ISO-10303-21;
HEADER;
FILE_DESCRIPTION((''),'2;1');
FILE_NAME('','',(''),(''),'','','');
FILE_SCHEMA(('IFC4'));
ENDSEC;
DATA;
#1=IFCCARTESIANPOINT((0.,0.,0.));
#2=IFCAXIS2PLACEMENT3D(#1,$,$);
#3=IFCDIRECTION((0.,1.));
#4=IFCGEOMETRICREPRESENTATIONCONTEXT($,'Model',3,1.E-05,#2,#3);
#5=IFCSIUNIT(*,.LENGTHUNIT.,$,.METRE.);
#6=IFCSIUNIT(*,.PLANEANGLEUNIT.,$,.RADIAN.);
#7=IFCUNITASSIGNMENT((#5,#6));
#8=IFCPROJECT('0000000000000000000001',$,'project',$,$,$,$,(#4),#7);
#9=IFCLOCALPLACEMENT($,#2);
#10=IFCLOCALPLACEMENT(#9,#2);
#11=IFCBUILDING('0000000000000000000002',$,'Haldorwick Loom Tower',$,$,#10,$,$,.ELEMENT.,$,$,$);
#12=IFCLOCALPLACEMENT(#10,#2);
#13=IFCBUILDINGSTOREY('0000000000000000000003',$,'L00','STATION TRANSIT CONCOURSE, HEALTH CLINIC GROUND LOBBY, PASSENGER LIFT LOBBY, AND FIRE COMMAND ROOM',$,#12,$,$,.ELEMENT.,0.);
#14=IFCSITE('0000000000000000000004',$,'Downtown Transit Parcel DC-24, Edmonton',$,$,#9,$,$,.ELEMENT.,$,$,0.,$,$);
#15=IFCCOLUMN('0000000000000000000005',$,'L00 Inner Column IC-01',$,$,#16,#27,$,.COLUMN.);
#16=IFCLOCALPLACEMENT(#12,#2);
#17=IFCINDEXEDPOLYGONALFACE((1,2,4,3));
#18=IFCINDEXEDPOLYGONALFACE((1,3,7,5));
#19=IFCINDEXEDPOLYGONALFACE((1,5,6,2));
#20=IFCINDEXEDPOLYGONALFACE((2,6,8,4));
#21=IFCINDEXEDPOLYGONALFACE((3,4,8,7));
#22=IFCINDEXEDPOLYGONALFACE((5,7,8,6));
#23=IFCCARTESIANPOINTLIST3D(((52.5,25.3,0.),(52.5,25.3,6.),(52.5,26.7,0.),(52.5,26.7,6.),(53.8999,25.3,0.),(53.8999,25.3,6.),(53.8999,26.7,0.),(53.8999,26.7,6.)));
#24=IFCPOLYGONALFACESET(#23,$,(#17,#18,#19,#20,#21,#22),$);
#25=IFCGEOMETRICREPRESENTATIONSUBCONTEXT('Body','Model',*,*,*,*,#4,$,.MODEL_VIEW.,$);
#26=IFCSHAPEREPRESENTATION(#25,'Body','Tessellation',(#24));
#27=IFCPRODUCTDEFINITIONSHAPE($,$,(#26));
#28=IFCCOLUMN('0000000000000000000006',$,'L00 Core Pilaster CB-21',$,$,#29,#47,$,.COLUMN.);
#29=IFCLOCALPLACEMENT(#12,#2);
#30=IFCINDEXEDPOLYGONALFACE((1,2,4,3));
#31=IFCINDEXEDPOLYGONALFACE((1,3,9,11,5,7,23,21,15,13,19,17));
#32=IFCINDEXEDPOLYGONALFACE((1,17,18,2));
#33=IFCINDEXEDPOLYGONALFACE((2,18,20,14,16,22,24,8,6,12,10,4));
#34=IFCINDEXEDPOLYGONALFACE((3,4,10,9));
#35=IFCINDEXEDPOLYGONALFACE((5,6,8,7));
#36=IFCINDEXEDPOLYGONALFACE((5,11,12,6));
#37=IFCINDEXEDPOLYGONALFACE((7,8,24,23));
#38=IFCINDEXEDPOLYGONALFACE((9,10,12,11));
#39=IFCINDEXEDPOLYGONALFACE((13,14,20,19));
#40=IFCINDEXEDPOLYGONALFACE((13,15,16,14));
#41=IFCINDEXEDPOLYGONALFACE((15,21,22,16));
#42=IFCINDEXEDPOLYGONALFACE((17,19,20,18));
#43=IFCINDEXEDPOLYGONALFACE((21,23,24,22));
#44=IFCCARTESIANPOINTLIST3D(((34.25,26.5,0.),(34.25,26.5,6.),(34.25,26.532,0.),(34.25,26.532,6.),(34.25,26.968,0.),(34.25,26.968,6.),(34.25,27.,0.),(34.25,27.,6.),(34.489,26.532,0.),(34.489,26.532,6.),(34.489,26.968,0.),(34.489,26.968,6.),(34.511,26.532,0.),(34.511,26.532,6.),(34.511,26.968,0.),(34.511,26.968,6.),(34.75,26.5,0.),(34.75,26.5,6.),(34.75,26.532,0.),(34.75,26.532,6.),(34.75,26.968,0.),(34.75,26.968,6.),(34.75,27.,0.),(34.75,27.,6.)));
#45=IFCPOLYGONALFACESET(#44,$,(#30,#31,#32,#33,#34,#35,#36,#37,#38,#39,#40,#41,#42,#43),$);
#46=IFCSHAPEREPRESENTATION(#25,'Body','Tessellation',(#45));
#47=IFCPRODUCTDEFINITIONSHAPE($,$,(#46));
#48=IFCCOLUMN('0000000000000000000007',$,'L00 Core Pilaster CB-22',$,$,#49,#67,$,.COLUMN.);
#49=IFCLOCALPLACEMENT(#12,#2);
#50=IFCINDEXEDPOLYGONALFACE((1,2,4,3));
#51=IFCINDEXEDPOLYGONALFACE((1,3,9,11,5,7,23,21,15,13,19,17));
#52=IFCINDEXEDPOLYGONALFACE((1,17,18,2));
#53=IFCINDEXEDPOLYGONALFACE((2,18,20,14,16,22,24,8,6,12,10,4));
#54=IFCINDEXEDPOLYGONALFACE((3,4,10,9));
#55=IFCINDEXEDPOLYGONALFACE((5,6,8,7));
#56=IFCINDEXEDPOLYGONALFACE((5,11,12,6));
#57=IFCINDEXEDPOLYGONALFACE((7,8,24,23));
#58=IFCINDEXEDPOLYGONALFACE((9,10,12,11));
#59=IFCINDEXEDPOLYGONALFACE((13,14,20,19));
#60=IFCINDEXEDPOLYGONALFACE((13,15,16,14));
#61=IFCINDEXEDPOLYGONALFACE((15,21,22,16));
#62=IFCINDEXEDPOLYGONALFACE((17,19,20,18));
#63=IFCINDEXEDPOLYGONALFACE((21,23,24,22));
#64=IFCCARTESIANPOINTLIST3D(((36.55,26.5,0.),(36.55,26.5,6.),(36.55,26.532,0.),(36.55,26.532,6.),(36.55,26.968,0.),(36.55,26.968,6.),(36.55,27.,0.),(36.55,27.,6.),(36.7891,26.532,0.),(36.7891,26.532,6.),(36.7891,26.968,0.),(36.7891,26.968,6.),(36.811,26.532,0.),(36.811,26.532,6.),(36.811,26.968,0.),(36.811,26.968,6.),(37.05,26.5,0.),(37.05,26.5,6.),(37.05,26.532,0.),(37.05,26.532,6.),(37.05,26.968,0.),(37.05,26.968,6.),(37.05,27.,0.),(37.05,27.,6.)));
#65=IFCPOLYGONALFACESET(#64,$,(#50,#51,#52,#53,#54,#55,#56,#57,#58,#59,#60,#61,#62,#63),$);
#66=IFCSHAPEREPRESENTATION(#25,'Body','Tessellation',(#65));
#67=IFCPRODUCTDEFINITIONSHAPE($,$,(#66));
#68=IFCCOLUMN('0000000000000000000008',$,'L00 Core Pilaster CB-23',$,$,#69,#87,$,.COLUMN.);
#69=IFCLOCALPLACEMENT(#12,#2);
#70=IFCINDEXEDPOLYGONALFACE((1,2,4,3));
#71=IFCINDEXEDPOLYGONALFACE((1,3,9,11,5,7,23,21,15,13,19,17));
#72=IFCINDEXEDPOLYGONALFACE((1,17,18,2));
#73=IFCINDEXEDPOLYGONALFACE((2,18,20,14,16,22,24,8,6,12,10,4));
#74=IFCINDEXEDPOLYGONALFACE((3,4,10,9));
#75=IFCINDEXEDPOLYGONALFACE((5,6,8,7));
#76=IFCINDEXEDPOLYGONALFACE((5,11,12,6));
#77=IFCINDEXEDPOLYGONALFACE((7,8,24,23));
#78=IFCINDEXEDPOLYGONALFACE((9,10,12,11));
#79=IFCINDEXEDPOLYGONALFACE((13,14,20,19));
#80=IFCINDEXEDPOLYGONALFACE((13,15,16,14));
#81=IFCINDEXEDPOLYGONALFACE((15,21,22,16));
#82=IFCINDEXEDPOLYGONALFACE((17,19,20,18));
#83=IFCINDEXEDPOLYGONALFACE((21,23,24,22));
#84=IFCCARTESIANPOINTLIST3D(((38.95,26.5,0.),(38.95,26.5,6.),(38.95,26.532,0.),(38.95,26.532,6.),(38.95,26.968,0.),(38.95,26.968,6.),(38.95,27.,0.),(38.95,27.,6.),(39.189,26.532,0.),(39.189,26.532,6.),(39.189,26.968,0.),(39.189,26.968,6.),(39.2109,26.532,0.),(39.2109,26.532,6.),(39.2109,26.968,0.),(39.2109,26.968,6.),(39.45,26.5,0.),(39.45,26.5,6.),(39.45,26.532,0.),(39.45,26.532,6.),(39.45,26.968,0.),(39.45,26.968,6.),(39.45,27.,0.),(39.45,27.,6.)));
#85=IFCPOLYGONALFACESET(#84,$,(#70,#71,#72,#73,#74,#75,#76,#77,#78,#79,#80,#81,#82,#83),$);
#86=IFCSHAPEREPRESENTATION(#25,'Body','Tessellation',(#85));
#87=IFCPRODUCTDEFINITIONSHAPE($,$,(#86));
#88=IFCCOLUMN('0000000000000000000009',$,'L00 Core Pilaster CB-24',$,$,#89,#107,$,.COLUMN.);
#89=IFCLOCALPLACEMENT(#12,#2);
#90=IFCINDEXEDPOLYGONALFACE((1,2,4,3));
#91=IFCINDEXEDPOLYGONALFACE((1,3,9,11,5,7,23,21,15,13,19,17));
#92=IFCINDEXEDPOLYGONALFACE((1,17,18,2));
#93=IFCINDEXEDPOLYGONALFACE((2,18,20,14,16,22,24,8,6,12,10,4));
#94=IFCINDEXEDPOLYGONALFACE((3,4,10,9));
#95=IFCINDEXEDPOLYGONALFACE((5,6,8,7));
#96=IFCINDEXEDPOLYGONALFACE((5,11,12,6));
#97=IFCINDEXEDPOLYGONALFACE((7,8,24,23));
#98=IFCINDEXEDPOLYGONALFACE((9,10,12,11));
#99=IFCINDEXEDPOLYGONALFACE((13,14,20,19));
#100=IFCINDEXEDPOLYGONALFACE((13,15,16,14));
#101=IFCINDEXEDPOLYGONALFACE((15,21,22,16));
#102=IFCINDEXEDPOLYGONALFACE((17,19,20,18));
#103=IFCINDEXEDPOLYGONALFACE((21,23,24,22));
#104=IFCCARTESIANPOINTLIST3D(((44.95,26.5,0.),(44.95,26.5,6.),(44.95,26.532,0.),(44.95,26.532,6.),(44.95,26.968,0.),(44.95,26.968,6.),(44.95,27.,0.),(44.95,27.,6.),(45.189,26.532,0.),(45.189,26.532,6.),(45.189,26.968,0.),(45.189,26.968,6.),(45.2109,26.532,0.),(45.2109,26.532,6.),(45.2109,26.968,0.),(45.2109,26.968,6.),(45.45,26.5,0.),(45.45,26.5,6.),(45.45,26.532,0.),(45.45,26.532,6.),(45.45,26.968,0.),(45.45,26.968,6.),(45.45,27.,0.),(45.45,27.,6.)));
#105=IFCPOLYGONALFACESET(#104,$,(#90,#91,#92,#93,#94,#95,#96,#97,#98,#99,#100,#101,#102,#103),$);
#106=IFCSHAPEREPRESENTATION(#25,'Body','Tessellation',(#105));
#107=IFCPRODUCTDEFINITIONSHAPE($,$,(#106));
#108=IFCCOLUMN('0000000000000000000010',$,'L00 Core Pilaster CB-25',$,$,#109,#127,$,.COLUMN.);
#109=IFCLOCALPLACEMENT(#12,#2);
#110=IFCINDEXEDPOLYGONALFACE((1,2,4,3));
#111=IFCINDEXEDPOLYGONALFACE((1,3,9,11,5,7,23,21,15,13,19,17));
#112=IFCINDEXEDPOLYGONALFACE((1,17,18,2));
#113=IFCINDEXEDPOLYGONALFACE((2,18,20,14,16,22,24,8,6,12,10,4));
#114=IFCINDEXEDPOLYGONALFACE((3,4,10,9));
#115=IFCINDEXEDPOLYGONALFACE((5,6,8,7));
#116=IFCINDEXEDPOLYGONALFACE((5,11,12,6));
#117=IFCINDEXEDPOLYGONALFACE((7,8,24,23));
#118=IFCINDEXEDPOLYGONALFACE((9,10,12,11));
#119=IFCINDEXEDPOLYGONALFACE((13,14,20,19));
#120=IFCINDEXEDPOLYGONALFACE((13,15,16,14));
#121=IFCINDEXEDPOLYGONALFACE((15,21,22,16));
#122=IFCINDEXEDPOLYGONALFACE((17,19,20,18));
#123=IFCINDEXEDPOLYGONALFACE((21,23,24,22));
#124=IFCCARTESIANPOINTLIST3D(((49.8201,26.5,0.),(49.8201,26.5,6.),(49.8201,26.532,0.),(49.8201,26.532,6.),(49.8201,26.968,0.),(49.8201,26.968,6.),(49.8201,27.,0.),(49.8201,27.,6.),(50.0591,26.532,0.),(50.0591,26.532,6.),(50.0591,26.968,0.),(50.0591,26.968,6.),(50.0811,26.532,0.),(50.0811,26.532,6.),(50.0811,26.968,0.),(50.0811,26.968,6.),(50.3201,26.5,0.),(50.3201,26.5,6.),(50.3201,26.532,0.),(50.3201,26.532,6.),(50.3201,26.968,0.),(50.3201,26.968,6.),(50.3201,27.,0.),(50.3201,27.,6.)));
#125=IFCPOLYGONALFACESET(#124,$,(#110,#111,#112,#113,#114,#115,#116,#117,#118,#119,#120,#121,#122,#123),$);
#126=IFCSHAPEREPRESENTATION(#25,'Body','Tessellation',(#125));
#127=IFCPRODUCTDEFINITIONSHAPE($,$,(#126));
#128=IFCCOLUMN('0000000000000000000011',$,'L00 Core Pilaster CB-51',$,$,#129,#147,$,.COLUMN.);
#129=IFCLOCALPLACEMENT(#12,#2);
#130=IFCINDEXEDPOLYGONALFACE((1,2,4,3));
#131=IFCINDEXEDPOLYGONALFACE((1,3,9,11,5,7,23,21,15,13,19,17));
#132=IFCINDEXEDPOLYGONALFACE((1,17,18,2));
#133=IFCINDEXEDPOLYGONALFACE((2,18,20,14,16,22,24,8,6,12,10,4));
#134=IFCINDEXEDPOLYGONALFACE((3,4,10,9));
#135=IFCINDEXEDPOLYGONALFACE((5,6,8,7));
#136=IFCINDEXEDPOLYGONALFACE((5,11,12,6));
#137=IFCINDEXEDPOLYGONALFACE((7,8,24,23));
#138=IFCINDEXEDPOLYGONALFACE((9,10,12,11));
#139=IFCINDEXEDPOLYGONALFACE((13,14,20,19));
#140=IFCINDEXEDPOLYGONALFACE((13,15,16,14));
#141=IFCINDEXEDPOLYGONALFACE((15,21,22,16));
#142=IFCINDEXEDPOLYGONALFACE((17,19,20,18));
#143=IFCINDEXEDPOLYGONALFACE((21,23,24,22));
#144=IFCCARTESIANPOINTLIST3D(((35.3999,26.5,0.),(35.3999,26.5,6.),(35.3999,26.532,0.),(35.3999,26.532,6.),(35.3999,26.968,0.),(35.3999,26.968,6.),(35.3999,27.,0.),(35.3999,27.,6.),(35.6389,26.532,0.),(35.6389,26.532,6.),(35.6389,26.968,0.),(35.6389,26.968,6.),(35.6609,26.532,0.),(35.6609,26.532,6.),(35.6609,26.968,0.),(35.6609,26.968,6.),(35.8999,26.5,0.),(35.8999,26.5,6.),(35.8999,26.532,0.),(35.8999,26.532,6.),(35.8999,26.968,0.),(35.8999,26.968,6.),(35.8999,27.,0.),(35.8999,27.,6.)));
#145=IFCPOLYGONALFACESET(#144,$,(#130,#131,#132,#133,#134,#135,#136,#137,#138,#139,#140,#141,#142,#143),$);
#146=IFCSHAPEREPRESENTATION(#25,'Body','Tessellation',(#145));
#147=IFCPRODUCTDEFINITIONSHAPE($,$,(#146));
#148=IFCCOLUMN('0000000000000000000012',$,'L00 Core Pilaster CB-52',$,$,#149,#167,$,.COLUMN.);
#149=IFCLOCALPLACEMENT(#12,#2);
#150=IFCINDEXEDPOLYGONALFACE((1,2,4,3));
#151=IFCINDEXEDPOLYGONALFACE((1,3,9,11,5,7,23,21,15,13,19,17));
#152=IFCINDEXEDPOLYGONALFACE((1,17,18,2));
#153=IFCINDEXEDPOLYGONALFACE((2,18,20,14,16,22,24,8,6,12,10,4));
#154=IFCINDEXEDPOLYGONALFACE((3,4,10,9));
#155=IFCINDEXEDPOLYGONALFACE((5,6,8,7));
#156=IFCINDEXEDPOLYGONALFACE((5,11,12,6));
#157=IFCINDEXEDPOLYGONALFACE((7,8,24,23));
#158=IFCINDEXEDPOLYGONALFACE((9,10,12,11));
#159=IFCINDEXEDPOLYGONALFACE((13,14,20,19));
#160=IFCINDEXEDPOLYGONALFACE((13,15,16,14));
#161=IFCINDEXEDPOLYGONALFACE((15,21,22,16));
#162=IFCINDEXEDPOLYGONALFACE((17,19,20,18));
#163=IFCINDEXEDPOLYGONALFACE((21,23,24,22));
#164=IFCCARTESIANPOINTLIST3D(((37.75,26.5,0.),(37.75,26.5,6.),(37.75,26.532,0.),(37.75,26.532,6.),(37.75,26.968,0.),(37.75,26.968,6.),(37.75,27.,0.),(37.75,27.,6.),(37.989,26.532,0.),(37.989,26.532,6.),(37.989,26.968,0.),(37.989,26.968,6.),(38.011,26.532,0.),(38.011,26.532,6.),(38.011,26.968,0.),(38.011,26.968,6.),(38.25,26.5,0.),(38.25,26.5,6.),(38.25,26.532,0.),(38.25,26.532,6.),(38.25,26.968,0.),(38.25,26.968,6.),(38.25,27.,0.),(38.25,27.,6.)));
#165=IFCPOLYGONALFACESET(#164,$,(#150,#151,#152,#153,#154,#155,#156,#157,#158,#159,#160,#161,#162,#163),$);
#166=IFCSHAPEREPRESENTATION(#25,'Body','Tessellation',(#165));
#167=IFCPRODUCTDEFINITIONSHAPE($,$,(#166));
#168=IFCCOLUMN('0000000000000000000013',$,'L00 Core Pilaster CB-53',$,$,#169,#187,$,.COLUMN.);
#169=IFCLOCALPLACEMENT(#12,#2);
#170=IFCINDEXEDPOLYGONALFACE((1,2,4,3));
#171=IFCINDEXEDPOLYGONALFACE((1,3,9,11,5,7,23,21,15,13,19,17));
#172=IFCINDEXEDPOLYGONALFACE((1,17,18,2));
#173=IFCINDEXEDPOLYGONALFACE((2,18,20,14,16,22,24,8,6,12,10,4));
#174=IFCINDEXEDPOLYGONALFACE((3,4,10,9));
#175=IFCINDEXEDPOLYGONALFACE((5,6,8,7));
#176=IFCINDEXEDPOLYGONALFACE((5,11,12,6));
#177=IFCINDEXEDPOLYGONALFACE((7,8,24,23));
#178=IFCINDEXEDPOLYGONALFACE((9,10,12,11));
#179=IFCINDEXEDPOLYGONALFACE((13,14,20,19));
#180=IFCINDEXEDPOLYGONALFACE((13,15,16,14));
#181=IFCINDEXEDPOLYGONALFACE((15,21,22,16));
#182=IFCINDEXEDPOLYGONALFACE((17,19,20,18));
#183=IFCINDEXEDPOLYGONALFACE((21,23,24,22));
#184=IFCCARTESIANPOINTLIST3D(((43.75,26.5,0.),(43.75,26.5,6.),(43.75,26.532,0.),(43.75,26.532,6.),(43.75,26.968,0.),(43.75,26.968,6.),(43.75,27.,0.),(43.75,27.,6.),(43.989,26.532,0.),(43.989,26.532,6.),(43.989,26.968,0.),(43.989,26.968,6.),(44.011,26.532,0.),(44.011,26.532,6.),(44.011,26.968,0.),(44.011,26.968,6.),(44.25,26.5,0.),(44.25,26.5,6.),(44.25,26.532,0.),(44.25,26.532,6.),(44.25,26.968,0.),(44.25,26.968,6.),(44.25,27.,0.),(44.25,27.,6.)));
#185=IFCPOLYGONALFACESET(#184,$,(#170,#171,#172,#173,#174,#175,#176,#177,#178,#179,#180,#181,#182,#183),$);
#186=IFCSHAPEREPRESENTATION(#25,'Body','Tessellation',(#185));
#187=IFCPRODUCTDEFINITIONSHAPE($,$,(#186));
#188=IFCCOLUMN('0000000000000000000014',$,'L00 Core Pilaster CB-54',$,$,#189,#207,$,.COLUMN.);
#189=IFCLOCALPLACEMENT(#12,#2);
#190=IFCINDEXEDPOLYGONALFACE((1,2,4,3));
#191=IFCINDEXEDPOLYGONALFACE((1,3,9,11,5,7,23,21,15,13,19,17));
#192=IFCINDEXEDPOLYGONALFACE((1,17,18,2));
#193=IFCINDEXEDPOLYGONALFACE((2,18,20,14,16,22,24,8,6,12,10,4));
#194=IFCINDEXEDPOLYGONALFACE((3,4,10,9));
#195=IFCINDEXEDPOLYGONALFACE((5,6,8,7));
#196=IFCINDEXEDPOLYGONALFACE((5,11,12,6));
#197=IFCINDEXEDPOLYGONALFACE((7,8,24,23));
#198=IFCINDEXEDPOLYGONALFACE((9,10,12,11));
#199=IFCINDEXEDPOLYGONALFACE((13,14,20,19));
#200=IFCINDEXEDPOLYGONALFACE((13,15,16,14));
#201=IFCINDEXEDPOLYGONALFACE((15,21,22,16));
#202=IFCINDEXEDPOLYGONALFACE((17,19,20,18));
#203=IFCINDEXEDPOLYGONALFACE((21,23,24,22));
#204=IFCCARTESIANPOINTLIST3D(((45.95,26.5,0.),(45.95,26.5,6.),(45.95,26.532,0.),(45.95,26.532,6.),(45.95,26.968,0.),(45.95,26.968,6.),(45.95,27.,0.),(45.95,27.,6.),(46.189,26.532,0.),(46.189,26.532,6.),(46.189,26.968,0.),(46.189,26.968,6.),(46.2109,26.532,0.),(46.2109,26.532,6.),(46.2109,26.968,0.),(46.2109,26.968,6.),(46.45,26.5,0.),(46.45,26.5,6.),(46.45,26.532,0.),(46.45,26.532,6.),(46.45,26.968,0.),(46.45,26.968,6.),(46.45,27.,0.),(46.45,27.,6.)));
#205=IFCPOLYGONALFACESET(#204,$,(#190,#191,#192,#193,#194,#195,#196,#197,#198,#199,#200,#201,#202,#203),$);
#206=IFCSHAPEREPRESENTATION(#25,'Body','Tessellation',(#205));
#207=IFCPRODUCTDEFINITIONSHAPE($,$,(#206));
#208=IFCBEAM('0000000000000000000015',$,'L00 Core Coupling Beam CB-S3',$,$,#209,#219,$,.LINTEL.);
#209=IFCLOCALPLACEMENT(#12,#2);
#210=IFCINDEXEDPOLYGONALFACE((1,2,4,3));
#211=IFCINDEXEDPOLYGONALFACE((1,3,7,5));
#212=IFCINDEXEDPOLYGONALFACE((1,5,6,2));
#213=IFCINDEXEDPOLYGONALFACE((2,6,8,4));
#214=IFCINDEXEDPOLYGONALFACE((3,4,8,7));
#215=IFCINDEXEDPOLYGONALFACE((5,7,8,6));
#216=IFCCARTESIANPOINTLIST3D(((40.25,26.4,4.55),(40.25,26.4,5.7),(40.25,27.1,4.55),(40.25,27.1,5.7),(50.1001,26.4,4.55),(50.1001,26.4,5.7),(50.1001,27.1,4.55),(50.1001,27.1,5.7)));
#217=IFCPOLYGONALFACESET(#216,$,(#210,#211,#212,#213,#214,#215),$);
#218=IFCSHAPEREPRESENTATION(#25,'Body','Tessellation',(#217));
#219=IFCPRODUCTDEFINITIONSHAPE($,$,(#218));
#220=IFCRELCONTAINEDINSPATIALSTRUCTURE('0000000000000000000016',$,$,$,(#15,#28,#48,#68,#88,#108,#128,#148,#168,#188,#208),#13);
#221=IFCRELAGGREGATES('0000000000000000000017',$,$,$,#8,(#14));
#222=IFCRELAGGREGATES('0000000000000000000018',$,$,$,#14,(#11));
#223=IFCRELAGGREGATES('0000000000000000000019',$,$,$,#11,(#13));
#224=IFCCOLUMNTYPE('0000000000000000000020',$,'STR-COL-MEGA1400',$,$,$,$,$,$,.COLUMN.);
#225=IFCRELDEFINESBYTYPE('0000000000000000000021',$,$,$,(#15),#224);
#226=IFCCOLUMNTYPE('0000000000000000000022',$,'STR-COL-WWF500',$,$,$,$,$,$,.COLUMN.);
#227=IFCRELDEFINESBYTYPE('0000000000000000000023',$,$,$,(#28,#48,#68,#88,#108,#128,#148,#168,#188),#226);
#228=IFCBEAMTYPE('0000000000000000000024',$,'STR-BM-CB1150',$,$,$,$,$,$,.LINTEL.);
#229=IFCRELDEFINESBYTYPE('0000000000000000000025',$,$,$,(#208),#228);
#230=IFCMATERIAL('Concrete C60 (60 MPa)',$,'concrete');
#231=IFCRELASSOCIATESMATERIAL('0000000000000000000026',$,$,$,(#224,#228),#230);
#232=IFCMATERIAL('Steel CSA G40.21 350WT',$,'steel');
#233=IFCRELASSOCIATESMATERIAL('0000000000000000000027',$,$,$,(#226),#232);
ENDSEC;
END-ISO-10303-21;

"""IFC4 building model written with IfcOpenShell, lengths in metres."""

from ifc_helpers import new_model, si_unit, direction, frame, origin, origin_2d, place, context, subcontext, project, spatial, rectangle, i_section, extrude, material, material_profile, profile_set, type_object, element, save


model = new_model("IFC4")

# Units and contexts
model_context = context("Model", 3, precision=1e-05, world=origin(), true_north=direction((0.0, 1.0)))
body_context = subcontext(model_context, "Body", "Model", "MODEL_VIEW")
ifc_project = project(units=[si_unit("LENGTHUNIT", "METRE"), si_unit("PLANEANGLEUNIT", "RADIAN")], contexts=[model_context])

# Site, building, storey
site_placement = place(None, origin())
site = spatial("IfcSite", under=ifc_project, at=site_placement, Name="Downtown Transit Parcel DC-24, Edmonton", CompositionType="ELEMENT", RefElevation=0.0)
building_placement = place(site_placement, origin())
building = spatial("IfcBuilding", under=site, at=building_placement, Name="Haldorwick Loom Tower", CompositionType="ELEMENT")
storey_placement = place(building_placement, origin())
storey = spatial("IfcBuildingStorey", under=building, at=storey_placement, Name="L00", Description="STATION TRANSIT CONCOURSE, HEALTH CLINIC GROUND LOBBY, PASSENGER LIFT LOBBY, AND FIRE COMMAND ROOM", CompositionType="ELEMENT", Elevation=0.0)

# Columns
ifc_material_1 = material(Name="Concrete C60 (60 MPa)", Category="concrete")
ifc_material_profile_1 = material_profile(ifc_material_1, rectangle(XDim=1.3999, YDim=1.3999, at=origin_2d()), Name="RC1400X1400", Category="concrete")
ifc_profile_set_1 = profile_set([ifc_material_profile_1], Name="Concrete C60 (60 MPa)")
column_type_1 = type_object("IfcColumnType", Name="STR-COL-MEGA1400", PredefinedType="COLUMN", material=ifc_profile_set_1)
column_placement = place(storey_placement, frame((53.2, 26.0, 0.0), z_axis=(0.0, 0.0, 1.0), x_axis=(1.0, 0.0, 0.0)))
element("IfcColumn", 1, at=column_placement, inside=storey, type_object=column_type_1, Name="L00 Inner Column IC-01", PredefinedType="COLUMN", context=body_context, shape_type="SweptSolid", body=[
    extrude(rectangle(XDim=1.3999, YDim=1.3999, at=origin_2d()), origin(), (0.0, 0.0, 1.0), 6.0),
])
ifc_material_2 = material(Name="Steel CSA G40.21 350WT", Category="steel")
ifc_material_profile_2 = material_profile(ifc_material_2, i_section(OverallWidth=0.5, OverallDepth=0.5, WebThickness=0.022, FlangeThickness=0.032, at=origin_2d()), Name="WWF500X500", Category="steel")
ifc_profile_set_2 = profile_set([ifc_material_profile_2], Name="Steel CSA G40.21 350WT")
column_type_2 = type_object("IfcColumnType", Name="STR-COL-WWF500", PredefinedType="COLUMN", material=ifc_profile_set_2)
for number, where, z_axis, x_axis, name in (
    (2, (34.5, 26.75, 0.0), (0.0, 0.0, 1.0), (1.0, 0.0, 0.0), "L00 Core Pilaster CB-21"),
    (3, (36.8, 26.75, 0.0), (0.0, 0.0, 1.0), (1.0, 0.0, 0.0), "L00 Core Pilaster CB-22"),
    (4, (39.2, 26.75, 0.0), (0.0, 0.0, 1.0), (1.0, 0.0, 0.0), "L00 Core Pilaster CB-23"),
    (5, (45.2, 26.75, 0.0), (0.0, 0.0, 1.0), (1.0, 0.0, 0.0), "L00 Core Pilaster CB-24"),
    (6, (50.0701, 26.75, 0.0), (0.0, 0.0, 1.0), (1.0, 0.0, 0.0), "L00 Core Pilaster CB-25"),
    (7, (35.6499, 26.75, 0.0), (0.0, 0.0, 1.0), (1.0, 0.0, 0.0), "L00 Core Pilaster CB-51"),
    (8, (38.0, 26.75, 0.0), (0.0, 0.0, 1.0), (1.0, 0.0, 0.0), "L00 Core Pilaster CB-52"),
    (9, (44.0, 26.75, 0.0), (0.0, 0.0, 1.0), (1.0, 0.0, 0.0), "L00 Core Pilaster CB-53"),
    (10, (46.2, 26.75, 0.0), (0.0, 0.0, 1.0), (1.0, 0.0, 0.0), "L00 Core Pilaster CB-54"),
):
    element("IfcColumn", number, at=place(storey_placement, frame(where, z_axis=z_axis, x_axis=x_axis)), inside=storey, type_object=column_type_2, Name=name, PredefinedType="COLUMN", context=body_context, shape_type="SweptSolid", body=[
        extrude(i_section(OverallWidth=0.5, OverallDepth=0.5, WebThickness=0.022, FlangeThickness=0.032, at=origin_2d()), origin(), (0.0, 0.0, 1.0), 6.0),
    ])

# Beam
ifc_material_profile_3 = material_profile(ifc_material_1, rectangle(XDim=0.7, YDim=1.1499, at=origin_2d()), Name="RC700X1150", Category="concrete")
ifc_profile_set_3 = profile_set([ifc_material_profile_3], Name="Concrete C60 (60 MPa)")
beam_type_1 = type_object("IfcBeamType", Name="STR-BM-CB1150", PredefinedType="LINTEL", material=ifc_profile_set_3)
beam_1_placement = place(storey_placement, frame((40.25, 26.75, 5.125), z_axis=(1.0, 0.0, 0.0), x_axis=(0.0, 1.0, 0.0)))
element("IfcBeam", 11, at=beam_1_placement, inside=storey, type_object=beam_type_1, Name="L00 Core Coupling Beam CB-S3", PredefinedType="LINTEL", context=body_context, shape_type="SweptSolid", body=[
    extrude(rectangle(XDim=0.7, YDim=1.1499, at=origin_2d()), origin(), (0.0, 0.0, 1.0), 9.8501),
])

save(model, "model.ifc")
